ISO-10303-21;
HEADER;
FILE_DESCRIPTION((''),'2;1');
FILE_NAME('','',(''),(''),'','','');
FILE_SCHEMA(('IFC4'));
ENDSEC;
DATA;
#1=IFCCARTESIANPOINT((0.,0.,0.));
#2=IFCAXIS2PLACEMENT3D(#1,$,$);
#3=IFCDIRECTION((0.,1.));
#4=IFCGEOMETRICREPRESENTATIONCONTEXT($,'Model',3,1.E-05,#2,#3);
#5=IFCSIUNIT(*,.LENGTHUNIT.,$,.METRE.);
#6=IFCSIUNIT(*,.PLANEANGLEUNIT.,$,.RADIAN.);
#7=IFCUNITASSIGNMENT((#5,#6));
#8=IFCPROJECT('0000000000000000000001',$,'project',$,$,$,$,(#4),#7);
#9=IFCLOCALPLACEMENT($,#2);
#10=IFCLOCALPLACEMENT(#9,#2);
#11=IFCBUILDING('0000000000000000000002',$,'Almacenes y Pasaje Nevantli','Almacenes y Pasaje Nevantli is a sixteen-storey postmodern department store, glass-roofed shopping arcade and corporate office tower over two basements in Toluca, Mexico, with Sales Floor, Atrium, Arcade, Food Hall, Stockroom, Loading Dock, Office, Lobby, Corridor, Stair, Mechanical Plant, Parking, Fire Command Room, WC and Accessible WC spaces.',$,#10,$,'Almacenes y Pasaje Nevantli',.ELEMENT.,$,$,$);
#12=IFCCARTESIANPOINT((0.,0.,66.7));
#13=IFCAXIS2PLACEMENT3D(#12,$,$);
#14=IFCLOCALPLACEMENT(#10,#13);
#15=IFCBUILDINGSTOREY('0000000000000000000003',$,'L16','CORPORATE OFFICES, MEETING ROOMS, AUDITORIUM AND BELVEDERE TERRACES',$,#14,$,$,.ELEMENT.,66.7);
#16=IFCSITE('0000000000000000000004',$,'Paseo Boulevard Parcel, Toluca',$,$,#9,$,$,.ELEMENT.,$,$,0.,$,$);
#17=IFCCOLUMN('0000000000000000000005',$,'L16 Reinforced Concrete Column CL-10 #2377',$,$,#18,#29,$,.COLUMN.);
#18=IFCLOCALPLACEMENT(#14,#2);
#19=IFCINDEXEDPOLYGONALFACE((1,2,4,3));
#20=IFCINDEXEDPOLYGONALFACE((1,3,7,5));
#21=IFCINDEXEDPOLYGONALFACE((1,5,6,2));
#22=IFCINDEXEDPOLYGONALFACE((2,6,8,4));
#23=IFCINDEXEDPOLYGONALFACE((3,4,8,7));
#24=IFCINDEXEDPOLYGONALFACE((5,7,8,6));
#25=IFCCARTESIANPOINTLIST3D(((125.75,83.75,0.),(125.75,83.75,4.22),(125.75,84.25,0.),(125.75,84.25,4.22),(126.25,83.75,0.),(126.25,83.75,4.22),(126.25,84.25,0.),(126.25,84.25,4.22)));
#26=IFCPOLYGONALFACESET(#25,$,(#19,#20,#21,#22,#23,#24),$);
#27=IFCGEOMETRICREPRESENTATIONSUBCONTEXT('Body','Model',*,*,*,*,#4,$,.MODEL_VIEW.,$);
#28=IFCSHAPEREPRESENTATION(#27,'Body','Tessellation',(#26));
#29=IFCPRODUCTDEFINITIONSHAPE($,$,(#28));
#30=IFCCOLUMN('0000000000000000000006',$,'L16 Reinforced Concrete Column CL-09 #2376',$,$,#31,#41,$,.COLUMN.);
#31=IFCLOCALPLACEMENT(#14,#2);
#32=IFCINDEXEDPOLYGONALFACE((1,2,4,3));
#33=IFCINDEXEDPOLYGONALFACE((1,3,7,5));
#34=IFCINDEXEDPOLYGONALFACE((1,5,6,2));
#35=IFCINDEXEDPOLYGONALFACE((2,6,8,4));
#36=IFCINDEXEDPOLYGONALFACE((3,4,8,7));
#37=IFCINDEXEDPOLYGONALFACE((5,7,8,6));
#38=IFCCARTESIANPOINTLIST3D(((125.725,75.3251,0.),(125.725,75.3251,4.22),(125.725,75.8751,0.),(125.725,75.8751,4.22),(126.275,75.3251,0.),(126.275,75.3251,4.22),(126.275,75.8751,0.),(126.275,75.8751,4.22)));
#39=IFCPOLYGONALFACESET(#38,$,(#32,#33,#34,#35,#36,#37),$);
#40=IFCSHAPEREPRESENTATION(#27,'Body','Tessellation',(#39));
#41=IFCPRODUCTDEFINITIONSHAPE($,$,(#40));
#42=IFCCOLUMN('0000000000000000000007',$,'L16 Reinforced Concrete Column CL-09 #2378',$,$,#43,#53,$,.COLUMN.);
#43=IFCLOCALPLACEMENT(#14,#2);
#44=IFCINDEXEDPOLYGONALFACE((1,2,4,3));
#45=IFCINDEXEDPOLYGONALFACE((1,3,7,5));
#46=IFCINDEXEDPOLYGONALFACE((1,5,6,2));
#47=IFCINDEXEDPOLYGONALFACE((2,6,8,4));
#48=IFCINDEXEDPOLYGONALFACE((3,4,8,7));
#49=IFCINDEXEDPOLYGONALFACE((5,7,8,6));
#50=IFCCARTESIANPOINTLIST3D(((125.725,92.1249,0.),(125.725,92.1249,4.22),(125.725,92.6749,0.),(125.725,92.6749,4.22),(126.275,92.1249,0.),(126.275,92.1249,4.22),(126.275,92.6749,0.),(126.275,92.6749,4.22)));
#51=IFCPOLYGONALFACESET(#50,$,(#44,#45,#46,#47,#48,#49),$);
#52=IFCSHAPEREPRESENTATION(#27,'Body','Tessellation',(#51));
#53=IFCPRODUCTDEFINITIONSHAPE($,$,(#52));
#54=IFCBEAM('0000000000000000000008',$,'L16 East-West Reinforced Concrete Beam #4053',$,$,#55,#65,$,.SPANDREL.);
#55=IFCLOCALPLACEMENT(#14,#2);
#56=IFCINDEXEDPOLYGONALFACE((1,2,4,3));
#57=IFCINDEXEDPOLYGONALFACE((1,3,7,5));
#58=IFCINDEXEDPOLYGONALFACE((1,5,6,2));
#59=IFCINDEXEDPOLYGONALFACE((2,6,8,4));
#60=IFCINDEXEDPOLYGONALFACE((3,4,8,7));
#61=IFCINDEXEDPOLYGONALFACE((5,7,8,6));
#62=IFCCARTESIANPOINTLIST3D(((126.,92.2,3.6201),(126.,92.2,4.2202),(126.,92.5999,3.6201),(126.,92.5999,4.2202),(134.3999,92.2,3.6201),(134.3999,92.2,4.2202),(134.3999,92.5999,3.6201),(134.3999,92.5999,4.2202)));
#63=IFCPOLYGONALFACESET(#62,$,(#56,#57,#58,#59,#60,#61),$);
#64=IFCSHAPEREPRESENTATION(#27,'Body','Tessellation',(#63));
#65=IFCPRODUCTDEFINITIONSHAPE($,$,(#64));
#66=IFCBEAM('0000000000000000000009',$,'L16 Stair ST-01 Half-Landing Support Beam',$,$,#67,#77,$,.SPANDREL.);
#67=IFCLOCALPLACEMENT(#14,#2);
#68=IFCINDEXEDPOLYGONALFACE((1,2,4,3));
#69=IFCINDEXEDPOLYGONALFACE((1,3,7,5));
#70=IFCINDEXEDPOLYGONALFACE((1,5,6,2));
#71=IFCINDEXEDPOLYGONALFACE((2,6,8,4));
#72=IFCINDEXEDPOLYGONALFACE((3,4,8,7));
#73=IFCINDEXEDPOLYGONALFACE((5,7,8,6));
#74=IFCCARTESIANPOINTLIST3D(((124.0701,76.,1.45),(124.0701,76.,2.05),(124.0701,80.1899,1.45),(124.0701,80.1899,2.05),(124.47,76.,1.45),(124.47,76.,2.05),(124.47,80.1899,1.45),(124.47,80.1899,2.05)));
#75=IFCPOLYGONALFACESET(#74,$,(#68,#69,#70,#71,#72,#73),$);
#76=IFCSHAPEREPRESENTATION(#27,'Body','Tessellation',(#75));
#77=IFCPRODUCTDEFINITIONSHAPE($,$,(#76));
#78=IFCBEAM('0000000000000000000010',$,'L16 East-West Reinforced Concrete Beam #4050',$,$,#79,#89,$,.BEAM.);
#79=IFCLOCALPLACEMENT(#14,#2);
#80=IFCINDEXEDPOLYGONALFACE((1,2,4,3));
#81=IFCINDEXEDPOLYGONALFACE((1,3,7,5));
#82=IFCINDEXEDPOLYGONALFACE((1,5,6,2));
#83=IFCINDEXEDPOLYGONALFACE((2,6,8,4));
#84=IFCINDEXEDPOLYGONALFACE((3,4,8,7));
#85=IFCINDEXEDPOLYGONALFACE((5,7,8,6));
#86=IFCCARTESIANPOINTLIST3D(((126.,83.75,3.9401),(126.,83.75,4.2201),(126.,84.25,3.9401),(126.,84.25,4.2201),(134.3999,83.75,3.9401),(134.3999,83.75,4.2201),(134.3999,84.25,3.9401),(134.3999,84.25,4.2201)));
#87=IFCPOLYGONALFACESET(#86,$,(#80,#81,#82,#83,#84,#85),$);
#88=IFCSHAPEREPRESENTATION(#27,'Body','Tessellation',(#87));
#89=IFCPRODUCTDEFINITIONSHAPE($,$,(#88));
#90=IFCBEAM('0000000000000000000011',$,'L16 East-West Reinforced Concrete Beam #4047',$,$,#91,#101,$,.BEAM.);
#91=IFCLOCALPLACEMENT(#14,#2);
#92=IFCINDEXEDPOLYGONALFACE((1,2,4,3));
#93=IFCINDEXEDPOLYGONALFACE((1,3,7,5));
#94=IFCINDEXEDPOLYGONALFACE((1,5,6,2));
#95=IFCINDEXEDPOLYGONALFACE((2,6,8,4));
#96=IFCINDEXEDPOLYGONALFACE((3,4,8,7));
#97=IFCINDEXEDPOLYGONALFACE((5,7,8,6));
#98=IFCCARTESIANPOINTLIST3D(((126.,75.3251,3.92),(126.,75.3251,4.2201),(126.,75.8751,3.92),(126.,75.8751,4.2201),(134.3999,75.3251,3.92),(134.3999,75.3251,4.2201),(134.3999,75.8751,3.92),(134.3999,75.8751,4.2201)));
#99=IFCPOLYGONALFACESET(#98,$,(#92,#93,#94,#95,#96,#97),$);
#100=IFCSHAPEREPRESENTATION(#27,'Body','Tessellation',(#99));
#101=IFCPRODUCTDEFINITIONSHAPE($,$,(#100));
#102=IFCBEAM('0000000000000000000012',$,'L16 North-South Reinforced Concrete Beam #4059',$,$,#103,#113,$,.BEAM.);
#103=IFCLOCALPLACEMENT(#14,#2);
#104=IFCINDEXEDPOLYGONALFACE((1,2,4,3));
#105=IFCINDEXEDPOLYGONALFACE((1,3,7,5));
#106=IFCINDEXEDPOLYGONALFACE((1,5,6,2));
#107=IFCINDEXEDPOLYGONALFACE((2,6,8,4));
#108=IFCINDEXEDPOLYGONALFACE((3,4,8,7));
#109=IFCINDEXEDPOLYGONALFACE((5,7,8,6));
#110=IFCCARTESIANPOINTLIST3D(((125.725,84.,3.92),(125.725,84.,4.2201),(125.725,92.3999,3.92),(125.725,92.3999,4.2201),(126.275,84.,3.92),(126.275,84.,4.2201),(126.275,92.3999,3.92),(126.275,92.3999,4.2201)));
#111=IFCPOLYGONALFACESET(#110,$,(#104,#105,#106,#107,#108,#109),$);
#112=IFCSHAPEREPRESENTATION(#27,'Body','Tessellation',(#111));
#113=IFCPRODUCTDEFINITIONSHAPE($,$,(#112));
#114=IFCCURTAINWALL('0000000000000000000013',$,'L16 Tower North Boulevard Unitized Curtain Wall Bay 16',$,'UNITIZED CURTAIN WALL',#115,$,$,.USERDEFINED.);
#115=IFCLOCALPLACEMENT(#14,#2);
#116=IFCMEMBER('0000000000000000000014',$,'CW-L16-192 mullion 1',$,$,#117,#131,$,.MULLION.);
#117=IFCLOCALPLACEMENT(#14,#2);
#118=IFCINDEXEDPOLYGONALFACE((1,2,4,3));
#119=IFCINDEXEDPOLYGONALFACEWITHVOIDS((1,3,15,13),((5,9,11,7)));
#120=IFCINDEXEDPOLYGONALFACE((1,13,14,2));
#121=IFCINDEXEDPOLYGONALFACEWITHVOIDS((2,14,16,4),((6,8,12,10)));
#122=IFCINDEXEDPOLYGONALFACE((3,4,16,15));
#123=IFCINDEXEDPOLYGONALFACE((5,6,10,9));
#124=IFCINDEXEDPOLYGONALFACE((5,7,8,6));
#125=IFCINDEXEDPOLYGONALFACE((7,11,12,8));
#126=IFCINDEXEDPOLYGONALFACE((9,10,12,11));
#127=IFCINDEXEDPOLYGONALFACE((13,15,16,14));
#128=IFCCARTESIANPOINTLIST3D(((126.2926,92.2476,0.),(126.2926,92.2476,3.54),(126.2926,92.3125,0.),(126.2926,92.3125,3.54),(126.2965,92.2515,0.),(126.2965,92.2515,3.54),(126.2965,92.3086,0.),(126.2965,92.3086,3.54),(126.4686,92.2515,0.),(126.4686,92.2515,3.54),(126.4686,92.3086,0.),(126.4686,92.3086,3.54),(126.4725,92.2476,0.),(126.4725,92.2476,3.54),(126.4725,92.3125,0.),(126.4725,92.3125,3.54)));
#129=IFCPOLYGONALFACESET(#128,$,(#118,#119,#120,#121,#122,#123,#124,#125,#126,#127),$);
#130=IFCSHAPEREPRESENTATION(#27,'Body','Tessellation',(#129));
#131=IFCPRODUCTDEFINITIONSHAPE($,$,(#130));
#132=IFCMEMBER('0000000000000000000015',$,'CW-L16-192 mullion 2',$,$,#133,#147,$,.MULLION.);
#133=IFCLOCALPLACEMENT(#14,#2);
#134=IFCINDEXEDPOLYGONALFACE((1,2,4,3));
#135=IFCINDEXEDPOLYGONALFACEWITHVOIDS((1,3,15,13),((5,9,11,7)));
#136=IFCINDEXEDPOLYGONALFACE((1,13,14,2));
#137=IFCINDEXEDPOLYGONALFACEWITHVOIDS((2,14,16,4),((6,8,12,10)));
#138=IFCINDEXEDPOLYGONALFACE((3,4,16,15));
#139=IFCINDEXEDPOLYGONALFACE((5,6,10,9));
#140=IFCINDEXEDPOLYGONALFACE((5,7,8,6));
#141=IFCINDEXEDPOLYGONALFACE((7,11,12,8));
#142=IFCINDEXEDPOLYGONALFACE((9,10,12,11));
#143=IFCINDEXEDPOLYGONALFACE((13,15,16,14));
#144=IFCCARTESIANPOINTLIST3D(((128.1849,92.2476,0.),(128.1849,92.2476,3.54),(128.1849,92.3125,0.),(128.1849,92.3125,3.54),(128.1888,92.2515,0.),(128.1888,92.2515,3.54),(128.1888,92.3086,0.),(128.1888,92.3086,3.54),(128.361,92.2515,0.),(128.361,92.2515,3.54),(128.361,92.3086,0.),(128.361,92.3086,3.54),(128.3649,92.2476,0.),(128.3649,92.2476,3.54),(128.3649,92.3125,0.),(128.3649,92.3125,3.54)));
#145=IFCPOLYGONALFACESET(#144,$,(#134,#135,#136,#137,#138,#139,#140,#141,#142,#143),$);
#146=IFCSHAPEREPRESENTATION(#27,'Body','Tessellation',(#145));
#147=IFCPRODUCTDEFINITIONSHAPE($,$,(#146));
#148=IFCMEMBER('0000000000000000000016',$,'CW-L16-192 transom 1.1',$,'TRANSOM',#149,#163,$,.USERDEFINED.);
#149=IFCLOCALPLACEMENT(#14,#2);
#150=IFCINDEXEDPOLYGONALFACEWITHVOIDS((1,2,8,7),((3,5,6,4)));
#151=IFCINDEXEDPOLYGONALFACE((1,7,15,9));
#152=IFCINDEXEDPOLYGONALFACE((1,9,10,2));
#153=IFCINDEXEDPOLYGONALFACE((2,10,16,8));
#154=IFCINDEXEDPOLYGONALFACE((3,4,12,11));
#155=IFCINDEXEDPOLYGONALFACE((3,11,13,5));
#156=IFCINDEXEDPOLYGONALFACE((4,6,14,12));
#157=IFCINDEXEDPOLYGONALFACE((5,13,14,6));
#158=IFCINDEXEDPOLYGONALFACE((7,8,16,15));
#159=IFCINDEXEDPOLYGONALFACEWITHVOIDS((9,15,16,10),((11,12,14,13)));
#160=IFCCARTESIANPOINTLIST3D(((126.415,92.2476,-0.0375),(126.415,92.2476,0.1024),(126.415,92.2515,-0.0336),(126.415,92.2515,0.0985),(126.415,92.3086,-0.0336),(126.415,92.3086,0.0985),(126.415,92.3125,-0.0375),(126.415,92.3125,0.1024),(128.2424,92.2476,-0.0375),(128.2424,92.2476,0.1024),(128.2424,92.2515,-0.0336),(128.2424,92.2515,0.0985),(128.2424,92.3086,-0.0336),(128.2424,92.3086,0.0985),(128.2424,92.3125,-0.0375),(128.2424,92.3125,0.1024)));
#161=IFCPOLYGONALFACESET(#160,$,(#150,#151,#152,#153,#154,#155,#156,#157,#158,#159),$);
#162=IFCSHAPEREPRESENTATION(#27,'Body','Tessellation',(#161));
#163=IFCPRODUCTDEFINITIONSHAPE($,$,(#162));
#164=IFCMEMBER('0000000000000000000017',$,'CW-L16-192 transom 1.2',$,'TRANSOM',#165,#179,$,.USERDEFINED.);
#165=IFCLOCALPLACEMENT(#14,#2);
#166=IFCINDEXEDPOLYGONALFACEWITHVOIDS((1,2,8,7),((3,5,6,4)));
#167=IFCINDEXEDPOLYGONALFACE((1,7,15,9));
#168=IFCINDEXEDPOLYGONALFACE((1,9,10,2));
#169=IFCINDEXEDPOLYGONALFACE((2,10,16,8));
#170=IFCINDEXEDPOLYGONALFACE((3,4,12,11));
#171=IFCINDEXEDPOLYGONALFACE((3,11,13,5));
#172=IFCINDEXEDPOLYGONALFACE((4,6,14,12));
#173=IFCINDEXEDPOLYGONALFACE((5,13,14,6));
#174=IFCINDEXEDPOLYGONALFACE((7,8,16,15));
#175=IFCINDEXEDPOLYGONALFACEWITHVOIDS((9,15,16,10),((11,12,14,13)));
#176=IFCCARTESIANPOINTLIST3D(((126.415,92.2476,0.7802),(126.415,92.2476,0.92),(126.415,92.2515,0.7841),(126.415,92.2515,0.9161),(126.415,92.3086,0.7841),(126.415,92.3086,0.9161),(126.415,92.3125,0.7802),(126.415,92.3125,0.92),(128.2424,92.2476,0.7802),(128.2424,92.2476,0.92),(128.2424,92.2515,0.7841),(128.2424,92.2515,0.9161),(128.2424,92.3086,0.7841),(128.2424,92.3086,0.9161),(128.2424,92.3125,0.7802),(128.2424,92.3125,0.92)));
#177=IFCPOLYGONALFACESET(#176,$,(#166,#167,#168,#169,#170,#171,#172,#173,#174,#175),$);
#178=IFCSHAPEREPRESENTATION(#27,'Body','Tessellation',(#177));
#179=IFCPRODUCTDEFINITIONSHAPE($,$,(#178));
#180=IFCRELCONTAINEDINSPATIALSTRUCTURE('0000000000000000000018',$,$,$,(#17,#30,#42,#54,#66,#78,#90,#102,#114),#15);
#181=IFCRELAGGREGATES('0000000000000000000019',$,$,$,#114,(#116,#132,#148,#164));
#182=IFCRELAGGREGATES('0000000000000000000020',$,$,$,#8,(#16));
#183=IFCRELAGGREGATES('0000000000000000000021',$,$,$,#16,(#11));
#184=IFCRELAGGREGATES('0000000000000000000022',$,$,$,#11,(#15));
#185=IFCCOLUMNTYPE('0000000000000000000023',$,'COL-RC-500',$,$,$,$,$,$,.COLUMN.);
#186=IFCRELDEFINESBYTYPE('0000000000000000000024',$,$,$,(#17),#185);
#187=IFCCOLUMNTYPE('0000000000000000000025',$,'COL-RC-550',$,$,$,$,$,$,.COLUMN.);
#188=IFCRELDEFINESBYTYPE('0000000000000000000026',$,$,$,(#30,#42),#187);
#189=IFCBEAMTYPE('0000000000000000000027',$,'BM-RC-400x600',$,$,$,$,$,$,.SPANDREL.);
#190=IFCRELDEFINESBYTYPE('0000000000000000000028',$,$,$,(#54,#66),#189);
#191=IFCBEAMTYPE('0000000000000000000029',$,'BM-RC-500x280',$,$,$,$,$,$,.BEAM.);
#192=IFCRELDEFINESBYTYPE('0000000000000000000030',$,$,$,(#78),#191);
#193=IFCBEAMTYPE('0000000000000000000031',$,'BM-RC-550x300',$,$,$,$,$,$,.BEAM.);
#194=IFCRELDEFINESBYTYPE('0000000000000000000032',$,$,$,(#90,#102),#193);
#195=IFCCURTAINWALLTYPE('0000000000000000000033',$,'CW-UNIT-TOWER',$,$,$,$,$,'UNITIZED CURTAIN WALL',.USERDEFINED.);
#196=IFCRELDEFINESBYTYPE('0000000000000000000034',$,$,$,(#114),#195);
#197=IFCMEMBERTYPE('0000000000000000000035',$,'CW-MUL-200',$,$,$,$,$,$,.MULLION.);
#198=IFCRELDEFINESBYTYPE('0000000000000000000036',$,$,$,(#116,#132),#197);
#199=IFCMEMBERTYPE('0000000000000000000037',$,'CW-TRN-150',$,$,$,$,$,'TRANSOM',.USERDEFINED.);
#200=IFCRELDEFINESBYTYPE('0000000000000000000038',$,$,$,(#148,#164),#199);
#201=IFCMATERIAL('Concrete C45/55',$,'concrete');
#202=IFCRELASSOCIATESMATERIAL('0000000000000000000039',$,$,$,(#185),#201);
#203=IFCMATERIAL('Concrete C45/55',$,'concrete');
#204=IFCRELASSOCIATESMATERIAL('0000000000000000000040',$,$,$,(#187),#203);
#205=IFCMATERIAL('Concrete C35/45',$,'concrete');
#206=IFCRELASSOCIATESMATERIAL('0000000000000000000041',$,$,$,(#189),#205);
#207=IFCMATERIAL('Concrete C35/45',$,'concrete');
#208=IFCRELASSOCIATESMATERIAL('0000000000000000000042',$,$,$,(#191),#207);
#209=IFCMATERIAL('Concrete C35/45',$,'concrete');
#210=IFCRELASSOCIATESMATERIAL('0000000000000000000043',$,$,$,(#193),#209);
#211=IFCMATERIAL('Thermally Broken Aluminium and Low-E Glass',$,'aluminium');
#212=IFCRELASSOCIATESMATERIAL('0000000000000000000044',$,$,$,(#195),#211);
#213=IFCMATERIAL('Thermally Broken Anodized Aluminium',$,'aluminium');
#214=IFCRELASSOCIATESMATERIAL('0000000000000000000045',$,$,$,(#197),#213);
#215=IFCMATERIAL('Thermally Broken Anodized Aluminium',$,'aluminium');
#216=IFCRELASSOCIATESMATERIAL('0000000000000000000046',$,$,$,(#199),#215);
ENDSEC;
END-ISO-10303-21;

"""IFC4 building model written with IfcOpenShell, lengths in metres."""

from ifc_helpers import new_model, si_unit, direction, frame, origin, origin_2d, place, context, subcontext, project, spatial, rectangle, hollow_rectangle, extrude, material, material_profile, profile_set, type_object, element, aggregate, save


model = new_model("IFC4")

# Units and contexts
model_context = context("Model", 3, precision=1e-05, world=origin(), true_north=direction((0.0, 1.0)))
body_context = subcontext(model_context, "Body", "Model", "MODEL_VIEW")
ifc_project = project(units=[si_unit("LENGTHUNIT", "METRE"), si_unit("PLANEANGLEUNIT", "RADIAN")], contexts=[model_context])

# Site, building, storey
site_placement = place(None, origin())
site = spatial("IfcSite", under=ifc_project, at=site_placement, Name="Paseo Boulevard Parcel, Toluca", CompositionType="ELEMENT", RefElevation=0.0)
building_placement = place(site_placement, origin())
building = spatial("IfcBuilding", under=site, at=building_placement, Name="Almacenes y Pasaje Nevantli", Description="Almacenes y Pasaje Nevantli is a sixteen-storey postmodern department store, glass-roofed shopping arcade and corporate office tower over two basements in Toluca, Mexico, with Sales Floor, Atrium, Arcade, Food Hall, Stockroom, Loading Dock, Office, Lobby, Corridor, Stair, Mechanical Plant, Parking, Fire Command Room, WC and Accessible WC spaces.", LongName="Almacenes y Pasaje Nevantli", CompositionType="ELEMENT")
storey_placement = place(building_placement, frame((0.0, 0.0, 66.7)))
storey = spatial("IfcBuildingStorey", under=building, at=storey_placement, Name="L16", Description="CORPORATE OFFICES, MEETING ROOMS, AUDITORIUM AND BELVEDERE TERRACES", CompositionType="ELEMENT", Elevation=66.7)

# Columns
ifc_material_1 = material(Name="Concrete C45/55", Category="concrete")
ifc_material_profile_1 = material_profile(ifc_material_1, rectangle(XDim=0.5, YDim=0.5, at=origin_2d()), Name="RC-COL-500x500")
ifc_profile_set_1 = profile_set([ifc_material_profile_1], Name="Concrete C45/55")
column_type_1 = type_object("IfcColumnType", Name="COL-RC-500", PredefinedType="COLUMN", material=ifc_profile_set_1)
column_placement = place(storey_placement, frame((126.0, 84.0, 0.0), z_axis=(0.0, 0.0, 1.0), x_axis=(1.0, 0.0, 0.0)))
element("IfcColumn", 1, at=column_placement, inside=storey, type_object=column_type_1, Name="L16 Reinforced Concrete Column CL-10 #2377", PredefinedType="COLUMN", context=body_context, shape_type="SweptSolid", body=[
    extrude(rectangle(XDim=0.5, YDim=0.5, at=origin_2d()), origin(), (0.0, 0.0, 1.0), 4.22),
])
ifc_material_2 = material(Name="Concrete C45/55", Category="concrete")
ifc_material_profile_2 = material_profile(ifc_material_2, rectangle(XDim=0.55, YDim=0.55, at=origin_2d()), Name="RC-COL-550x550")
ifc_profile_set_2 = profile_set([ifc_material_profile_2], Name="Concrete C45/55")
column_type_2 = type_object("IfcColumnType", Name="COL-RC-550", PredefinedType="COLUMN", material=ifc_profile_set_2)
for number, where, z_axis, x_axis, name in (
    (2, (126.0, 75.6001, 0.0), (0.0, 0.0, 1.0), (1.0, 0.0, 0.0), "L16 Reinforced Concrete Column CL-09 #2376"),
    (3, (126.0, 92.3999, 0.0), (0.0, 0.0, 1.0), (1.0, 0.0, 0.0), "L16 Reinforced Concrete Column CL-09 #2378"),
):
    element("IfcColumn", number, at=place(storey_placement, frame(where, z_axis=z_axis, x_axis=x_axis)), inside=storey, type_object=column_type_2, Name=name, PredefinedType="COLUMN", context=body_context, shape_type="SweptSolid", body=[
        extrude(rectangle(XDim=0.55, YDim=0.55, at=origin_2d()), origin(), (0.0, 0.0, 1.0), 4.22),
    ])

# Beams
ifc_material_3 = material(Name="Concrete C35/45", Category="concrete")
ifc_material_profile_3 = material_profile(ifc_material_3, rectangle(XDim=0.3999, YDim=0.6001, at=origin_2d()), Name="RC-BM-400x600")
ifc_profile_set_3 = profile_set([ifc_material_profile_3], Name="Concrete C35/45")
beam_type_1 = type_object("IfcBeamType", Name="BM-RC-400x600", PredefinedType="SPANDREL", material=ifc_profile_set_3)
beam_1_placement = place(storey_placement, frame((126.0, 92.3999, 3.9202), z_axis=(1.0, 0.0, 0.0), x_axis=(0.0, 1.0, 0.0)))
element("IfcBeam", 4, at=beam_1_placement, inside=storey, type_object=beam_type_1, Name="L16 East-West Reinforced Concrete Beam #4053", PredefinedType="SPANDREL", context=body_context, shape_type="SweptSolid", body=[
    extrude(rectangle(XDim=0.3999, YDim=0.6001, at=origin_2d()), origin(), (0.0, 0.0, 1.0), 8.3999),
])
beam_2_placement = place(storey_placement, frame((124.27, 76.0, 1.75), z_axis=(0.0, 1.0, 0.0), x_axis=(-1.0, 0.0, 0.0)))
element("IfcBeam", 5, at=beam_2_placement, inside=storey, type_object=beam_type_1, Name="L16 Stair ST-01 Half-Landing Support Beam", PredefinedType="SPANDREL", context=body_context, shape_type="SweptSolid", body=[
    extrude(rectangle(XDim=0.3999, YDim=0.6001, at=origin_2d()), origin(), (0.0, 0.0, 1.0), 4.1899),
])
ifc_material_4 = material(Name="Concrete C35/45", Category="concrete")
ifc_material_profile_4 = material_profile(ifc_material_4, rectangle(XDim=0.5, YDim=0.28, at=origin_2d()), Name="RC-BM-500x280")
ifc_profile_set_4 = profile_set([ifc_material_profile_4], Name="Concrete C35/45")
beam_type_2 = type_object("IfcBeamType", Name="BM-RC-500x280", PredefinedType="BEAM", material=ifc_profile_set_4)
beam_3_placement = place(storey_placement, frame((126.0, 84.0, 4.0801), z_axis=(1.0, 0.0, 0.0), x_axis=(0.0, 1.0, 0.0)))
element("IfcBeam", 6, at=beam_3_placement, inside=storey, type_object=beam_type_2, Name="L16 East-West Reinforced Concrete Beam #4050", PredefinedType="BEAM", context=body_context, shape_type="SweptSolid", body=[
    extrude(rectangle(XDim=0.5, YDim=0.28, at=origin_2d()), origin(), (0.0, 0.0, 1.0), 8.3999),
])
ifc_material_5 = material(Name="Concrete C35/45", Category="concrete")
ifc_material_profile_5 = material_profile(ifc_material_5, rectangle(XDim=0.55, YDim=0.3, at=origin_2d()), Name="RC-BM-550x300")
ifc_profile_set_5 = profile_set([ifc_material_profile_5], Name="Concrete C35/45")
beam_type_3 = type_object("IfcBeamType", Name="BM-RC-550x300", PredefinedType="BEAM", material=ifc_profile_set_5)
for number, where, z_axis, x_axis, name in (
    (7, (126.0, 75.6001, 4.0701), (1.0, 0.0, 0.0), (0.0, 1.0, 0.0), "L16 East-West Reinforced Concrete Beam #4047"),
    (8, (126.0, 84.0, 4.0701), (0.0, 1.0, 0.0), (-1.0, 0.0, 0.0), "L16 North-South Reinforced Concrete Beam #4059"),
):
    element("IfcBeam", number, at=place(storey_placement, frame(where, z_axis=z_axis, x_axis=x_axis)), inside=storey, type_object=beam_type_3, Name=name, PredefinedType="BEAM", context=body_context, shape_type="SweptSolid", body=[
        extrude(rectangle(XDim=0.55, YDim=0.3, at=origin_2d()), origin(), (0.0, 0.0, 1.0), 8.3999),
    ])

# Curtain wall, members
ifc_material_6 = material(Name="Thermally Broken Aluminium and Low-E Glass", Category="aluminium")
curtain_wall_type = type_object("IfcCurtainWallType", Name="CW-UNIT-TOWER", ElementType="UNITIZED CURTAIN WALL", PredefinedType="USERDEFINED", material=ifc_material_6)
curtain_wall_placement = place(storey_placement, origin())
curtain_wall = element("IfcCurtainWall", 9, at=curtain_wall_placement, inside=storey, type_object=curtain_wall_type, Name="L16 Tower North Boulevard Unitized Curtain Wall Bay 16", ObjectType="UNITIZED CURTAIN WALL", PredefinedType="USERDEFINED")
ifc_material_7 = material(Name="Thermally Broken Anodized Aluminium", Category="aluminium")
ifc_material_profile_6 = material_profile(ifc_material_7, hollow_rectangle(XDim=0.0649, YDim=0.1799, WallThickness=0.0039, at=origin_2d()), Name="ALU-MUL-65x180")
ifc_profile_set_6 = profile_set([ifc_material_profile_6], Name="Thermally Broken Anodized Aluminium")
member_type_1 = type_object("IfcMemberType", Name="CW-MUL-200", PredefinedType="MULLION", material=ifc_profile_set_6)
member_1_placement = place(storey_placement, frame((126.3826, 92.28, 0.0), z_axis=(0.0, 0.0, 1.0), x_axis=(0.0, 1.0, 0.0)))
member_1 = element("IfcMember", 10, at=member_1_placement, type_object=member_type_1, Name="CW-L16-192 mullion 1", PredefinedType="MULLION", context=body_context, shape_type="SweptSolid", body=[
    extrude(hollow_rectangle(XDim=0.0649, YDim=0.1799, WallThickness=0.0039, at=origin_2d()), origin(), (0.0, 0.0, 1.0), 3.54),
])
member_2_placement = place(storey_placement, frame((128.2749, 92.28, 0.0), z_axis=(0.0, 0.0, 1.0), x_axis=(0.0, 1.0, 0.0)))
member_2 = element("IfcMember", 11, at=member_2_placement, type_object=member_type_1, Name="CW-L16-192 mullion 2", PredefinedType="MULLION", context=body_context, shape_type="SweptSolid", body=[
    extrude(hollow_rectangle(XDim=0.0649, YDim=0.1799, WallThickness=0.0039, at=origin_2d()), origin(), (0.0, 0.0, 1.0), 3.54),
])
ifc_material_8 = material(Name="Thermally Broken Anodized Aluminium", Category="aluminium")
ifc_material_profile_7 = material_profile(ifc_material_8, hollow_rectangle(XDim=0.0649, YDim=0.1399, WallThickness=0.0039, at=origin_2d()), Name="ALU-TRN-65x140")
ifc_profile_set_7 = profile_set([ifc_material_profile_7], Name="Thermally Broken Anodized Aluminium")
member_type_2 = type_object("IfcMemberType", Name="CW-TRN-150", ElementType="TRANSOM", PredefinedType="USERDEFINED", material=ifc_profile_set_7)
member_3_placement = place(storey_placement, frame((126.415, 92.28, 0.0325), z_axis=(1.0, 0.0, 0.0), x_axis=(0.0, 1.0, 0.0)))
member_3 = element("IfcMember", 12, at=member_3_placement, type_object=member_type_2, Name="CW-L16-192 transom 1.1", ObjectType="TRANSOM", PredefinedType="USERDEFINED", context=body_context, shape_type="SweptSolid", body=[
    extrude(hollow_rectangle(XDim=0.0649, YDim=0.1399, WallThickness=0.0039, at=origin_2d()), origin(), (0.0, 0.0, 1.0), 1.8274),
])
member_4_placement = place(storey_placement, frame((126.415, 92.28, 0.8501), z_axis=(1.0, 0.0, 0.0), x_axis=(0.0, 1.0, 0.0)))
member_4 = element("IfcMember", 13, at=member_4_placement, type_object=member_type_2, Name="CW-L16-192 transom 1.2", ObjectType="TRANSOM", PredefinedType="USERDEFINED", context=body_context, shape_type="SweptSolid", body=[
    extrude(hollow_rectangle(XDim=0.0649, YDim=0.1399, WallThickness=0.0039, at=origin_2d()), origin(), (0.0, 0.0, 1.0), 1.8274),
])
aggregate(curtain_wall, [member_1, member_2, member_3, member_4])

save(model, "model.ifc")
